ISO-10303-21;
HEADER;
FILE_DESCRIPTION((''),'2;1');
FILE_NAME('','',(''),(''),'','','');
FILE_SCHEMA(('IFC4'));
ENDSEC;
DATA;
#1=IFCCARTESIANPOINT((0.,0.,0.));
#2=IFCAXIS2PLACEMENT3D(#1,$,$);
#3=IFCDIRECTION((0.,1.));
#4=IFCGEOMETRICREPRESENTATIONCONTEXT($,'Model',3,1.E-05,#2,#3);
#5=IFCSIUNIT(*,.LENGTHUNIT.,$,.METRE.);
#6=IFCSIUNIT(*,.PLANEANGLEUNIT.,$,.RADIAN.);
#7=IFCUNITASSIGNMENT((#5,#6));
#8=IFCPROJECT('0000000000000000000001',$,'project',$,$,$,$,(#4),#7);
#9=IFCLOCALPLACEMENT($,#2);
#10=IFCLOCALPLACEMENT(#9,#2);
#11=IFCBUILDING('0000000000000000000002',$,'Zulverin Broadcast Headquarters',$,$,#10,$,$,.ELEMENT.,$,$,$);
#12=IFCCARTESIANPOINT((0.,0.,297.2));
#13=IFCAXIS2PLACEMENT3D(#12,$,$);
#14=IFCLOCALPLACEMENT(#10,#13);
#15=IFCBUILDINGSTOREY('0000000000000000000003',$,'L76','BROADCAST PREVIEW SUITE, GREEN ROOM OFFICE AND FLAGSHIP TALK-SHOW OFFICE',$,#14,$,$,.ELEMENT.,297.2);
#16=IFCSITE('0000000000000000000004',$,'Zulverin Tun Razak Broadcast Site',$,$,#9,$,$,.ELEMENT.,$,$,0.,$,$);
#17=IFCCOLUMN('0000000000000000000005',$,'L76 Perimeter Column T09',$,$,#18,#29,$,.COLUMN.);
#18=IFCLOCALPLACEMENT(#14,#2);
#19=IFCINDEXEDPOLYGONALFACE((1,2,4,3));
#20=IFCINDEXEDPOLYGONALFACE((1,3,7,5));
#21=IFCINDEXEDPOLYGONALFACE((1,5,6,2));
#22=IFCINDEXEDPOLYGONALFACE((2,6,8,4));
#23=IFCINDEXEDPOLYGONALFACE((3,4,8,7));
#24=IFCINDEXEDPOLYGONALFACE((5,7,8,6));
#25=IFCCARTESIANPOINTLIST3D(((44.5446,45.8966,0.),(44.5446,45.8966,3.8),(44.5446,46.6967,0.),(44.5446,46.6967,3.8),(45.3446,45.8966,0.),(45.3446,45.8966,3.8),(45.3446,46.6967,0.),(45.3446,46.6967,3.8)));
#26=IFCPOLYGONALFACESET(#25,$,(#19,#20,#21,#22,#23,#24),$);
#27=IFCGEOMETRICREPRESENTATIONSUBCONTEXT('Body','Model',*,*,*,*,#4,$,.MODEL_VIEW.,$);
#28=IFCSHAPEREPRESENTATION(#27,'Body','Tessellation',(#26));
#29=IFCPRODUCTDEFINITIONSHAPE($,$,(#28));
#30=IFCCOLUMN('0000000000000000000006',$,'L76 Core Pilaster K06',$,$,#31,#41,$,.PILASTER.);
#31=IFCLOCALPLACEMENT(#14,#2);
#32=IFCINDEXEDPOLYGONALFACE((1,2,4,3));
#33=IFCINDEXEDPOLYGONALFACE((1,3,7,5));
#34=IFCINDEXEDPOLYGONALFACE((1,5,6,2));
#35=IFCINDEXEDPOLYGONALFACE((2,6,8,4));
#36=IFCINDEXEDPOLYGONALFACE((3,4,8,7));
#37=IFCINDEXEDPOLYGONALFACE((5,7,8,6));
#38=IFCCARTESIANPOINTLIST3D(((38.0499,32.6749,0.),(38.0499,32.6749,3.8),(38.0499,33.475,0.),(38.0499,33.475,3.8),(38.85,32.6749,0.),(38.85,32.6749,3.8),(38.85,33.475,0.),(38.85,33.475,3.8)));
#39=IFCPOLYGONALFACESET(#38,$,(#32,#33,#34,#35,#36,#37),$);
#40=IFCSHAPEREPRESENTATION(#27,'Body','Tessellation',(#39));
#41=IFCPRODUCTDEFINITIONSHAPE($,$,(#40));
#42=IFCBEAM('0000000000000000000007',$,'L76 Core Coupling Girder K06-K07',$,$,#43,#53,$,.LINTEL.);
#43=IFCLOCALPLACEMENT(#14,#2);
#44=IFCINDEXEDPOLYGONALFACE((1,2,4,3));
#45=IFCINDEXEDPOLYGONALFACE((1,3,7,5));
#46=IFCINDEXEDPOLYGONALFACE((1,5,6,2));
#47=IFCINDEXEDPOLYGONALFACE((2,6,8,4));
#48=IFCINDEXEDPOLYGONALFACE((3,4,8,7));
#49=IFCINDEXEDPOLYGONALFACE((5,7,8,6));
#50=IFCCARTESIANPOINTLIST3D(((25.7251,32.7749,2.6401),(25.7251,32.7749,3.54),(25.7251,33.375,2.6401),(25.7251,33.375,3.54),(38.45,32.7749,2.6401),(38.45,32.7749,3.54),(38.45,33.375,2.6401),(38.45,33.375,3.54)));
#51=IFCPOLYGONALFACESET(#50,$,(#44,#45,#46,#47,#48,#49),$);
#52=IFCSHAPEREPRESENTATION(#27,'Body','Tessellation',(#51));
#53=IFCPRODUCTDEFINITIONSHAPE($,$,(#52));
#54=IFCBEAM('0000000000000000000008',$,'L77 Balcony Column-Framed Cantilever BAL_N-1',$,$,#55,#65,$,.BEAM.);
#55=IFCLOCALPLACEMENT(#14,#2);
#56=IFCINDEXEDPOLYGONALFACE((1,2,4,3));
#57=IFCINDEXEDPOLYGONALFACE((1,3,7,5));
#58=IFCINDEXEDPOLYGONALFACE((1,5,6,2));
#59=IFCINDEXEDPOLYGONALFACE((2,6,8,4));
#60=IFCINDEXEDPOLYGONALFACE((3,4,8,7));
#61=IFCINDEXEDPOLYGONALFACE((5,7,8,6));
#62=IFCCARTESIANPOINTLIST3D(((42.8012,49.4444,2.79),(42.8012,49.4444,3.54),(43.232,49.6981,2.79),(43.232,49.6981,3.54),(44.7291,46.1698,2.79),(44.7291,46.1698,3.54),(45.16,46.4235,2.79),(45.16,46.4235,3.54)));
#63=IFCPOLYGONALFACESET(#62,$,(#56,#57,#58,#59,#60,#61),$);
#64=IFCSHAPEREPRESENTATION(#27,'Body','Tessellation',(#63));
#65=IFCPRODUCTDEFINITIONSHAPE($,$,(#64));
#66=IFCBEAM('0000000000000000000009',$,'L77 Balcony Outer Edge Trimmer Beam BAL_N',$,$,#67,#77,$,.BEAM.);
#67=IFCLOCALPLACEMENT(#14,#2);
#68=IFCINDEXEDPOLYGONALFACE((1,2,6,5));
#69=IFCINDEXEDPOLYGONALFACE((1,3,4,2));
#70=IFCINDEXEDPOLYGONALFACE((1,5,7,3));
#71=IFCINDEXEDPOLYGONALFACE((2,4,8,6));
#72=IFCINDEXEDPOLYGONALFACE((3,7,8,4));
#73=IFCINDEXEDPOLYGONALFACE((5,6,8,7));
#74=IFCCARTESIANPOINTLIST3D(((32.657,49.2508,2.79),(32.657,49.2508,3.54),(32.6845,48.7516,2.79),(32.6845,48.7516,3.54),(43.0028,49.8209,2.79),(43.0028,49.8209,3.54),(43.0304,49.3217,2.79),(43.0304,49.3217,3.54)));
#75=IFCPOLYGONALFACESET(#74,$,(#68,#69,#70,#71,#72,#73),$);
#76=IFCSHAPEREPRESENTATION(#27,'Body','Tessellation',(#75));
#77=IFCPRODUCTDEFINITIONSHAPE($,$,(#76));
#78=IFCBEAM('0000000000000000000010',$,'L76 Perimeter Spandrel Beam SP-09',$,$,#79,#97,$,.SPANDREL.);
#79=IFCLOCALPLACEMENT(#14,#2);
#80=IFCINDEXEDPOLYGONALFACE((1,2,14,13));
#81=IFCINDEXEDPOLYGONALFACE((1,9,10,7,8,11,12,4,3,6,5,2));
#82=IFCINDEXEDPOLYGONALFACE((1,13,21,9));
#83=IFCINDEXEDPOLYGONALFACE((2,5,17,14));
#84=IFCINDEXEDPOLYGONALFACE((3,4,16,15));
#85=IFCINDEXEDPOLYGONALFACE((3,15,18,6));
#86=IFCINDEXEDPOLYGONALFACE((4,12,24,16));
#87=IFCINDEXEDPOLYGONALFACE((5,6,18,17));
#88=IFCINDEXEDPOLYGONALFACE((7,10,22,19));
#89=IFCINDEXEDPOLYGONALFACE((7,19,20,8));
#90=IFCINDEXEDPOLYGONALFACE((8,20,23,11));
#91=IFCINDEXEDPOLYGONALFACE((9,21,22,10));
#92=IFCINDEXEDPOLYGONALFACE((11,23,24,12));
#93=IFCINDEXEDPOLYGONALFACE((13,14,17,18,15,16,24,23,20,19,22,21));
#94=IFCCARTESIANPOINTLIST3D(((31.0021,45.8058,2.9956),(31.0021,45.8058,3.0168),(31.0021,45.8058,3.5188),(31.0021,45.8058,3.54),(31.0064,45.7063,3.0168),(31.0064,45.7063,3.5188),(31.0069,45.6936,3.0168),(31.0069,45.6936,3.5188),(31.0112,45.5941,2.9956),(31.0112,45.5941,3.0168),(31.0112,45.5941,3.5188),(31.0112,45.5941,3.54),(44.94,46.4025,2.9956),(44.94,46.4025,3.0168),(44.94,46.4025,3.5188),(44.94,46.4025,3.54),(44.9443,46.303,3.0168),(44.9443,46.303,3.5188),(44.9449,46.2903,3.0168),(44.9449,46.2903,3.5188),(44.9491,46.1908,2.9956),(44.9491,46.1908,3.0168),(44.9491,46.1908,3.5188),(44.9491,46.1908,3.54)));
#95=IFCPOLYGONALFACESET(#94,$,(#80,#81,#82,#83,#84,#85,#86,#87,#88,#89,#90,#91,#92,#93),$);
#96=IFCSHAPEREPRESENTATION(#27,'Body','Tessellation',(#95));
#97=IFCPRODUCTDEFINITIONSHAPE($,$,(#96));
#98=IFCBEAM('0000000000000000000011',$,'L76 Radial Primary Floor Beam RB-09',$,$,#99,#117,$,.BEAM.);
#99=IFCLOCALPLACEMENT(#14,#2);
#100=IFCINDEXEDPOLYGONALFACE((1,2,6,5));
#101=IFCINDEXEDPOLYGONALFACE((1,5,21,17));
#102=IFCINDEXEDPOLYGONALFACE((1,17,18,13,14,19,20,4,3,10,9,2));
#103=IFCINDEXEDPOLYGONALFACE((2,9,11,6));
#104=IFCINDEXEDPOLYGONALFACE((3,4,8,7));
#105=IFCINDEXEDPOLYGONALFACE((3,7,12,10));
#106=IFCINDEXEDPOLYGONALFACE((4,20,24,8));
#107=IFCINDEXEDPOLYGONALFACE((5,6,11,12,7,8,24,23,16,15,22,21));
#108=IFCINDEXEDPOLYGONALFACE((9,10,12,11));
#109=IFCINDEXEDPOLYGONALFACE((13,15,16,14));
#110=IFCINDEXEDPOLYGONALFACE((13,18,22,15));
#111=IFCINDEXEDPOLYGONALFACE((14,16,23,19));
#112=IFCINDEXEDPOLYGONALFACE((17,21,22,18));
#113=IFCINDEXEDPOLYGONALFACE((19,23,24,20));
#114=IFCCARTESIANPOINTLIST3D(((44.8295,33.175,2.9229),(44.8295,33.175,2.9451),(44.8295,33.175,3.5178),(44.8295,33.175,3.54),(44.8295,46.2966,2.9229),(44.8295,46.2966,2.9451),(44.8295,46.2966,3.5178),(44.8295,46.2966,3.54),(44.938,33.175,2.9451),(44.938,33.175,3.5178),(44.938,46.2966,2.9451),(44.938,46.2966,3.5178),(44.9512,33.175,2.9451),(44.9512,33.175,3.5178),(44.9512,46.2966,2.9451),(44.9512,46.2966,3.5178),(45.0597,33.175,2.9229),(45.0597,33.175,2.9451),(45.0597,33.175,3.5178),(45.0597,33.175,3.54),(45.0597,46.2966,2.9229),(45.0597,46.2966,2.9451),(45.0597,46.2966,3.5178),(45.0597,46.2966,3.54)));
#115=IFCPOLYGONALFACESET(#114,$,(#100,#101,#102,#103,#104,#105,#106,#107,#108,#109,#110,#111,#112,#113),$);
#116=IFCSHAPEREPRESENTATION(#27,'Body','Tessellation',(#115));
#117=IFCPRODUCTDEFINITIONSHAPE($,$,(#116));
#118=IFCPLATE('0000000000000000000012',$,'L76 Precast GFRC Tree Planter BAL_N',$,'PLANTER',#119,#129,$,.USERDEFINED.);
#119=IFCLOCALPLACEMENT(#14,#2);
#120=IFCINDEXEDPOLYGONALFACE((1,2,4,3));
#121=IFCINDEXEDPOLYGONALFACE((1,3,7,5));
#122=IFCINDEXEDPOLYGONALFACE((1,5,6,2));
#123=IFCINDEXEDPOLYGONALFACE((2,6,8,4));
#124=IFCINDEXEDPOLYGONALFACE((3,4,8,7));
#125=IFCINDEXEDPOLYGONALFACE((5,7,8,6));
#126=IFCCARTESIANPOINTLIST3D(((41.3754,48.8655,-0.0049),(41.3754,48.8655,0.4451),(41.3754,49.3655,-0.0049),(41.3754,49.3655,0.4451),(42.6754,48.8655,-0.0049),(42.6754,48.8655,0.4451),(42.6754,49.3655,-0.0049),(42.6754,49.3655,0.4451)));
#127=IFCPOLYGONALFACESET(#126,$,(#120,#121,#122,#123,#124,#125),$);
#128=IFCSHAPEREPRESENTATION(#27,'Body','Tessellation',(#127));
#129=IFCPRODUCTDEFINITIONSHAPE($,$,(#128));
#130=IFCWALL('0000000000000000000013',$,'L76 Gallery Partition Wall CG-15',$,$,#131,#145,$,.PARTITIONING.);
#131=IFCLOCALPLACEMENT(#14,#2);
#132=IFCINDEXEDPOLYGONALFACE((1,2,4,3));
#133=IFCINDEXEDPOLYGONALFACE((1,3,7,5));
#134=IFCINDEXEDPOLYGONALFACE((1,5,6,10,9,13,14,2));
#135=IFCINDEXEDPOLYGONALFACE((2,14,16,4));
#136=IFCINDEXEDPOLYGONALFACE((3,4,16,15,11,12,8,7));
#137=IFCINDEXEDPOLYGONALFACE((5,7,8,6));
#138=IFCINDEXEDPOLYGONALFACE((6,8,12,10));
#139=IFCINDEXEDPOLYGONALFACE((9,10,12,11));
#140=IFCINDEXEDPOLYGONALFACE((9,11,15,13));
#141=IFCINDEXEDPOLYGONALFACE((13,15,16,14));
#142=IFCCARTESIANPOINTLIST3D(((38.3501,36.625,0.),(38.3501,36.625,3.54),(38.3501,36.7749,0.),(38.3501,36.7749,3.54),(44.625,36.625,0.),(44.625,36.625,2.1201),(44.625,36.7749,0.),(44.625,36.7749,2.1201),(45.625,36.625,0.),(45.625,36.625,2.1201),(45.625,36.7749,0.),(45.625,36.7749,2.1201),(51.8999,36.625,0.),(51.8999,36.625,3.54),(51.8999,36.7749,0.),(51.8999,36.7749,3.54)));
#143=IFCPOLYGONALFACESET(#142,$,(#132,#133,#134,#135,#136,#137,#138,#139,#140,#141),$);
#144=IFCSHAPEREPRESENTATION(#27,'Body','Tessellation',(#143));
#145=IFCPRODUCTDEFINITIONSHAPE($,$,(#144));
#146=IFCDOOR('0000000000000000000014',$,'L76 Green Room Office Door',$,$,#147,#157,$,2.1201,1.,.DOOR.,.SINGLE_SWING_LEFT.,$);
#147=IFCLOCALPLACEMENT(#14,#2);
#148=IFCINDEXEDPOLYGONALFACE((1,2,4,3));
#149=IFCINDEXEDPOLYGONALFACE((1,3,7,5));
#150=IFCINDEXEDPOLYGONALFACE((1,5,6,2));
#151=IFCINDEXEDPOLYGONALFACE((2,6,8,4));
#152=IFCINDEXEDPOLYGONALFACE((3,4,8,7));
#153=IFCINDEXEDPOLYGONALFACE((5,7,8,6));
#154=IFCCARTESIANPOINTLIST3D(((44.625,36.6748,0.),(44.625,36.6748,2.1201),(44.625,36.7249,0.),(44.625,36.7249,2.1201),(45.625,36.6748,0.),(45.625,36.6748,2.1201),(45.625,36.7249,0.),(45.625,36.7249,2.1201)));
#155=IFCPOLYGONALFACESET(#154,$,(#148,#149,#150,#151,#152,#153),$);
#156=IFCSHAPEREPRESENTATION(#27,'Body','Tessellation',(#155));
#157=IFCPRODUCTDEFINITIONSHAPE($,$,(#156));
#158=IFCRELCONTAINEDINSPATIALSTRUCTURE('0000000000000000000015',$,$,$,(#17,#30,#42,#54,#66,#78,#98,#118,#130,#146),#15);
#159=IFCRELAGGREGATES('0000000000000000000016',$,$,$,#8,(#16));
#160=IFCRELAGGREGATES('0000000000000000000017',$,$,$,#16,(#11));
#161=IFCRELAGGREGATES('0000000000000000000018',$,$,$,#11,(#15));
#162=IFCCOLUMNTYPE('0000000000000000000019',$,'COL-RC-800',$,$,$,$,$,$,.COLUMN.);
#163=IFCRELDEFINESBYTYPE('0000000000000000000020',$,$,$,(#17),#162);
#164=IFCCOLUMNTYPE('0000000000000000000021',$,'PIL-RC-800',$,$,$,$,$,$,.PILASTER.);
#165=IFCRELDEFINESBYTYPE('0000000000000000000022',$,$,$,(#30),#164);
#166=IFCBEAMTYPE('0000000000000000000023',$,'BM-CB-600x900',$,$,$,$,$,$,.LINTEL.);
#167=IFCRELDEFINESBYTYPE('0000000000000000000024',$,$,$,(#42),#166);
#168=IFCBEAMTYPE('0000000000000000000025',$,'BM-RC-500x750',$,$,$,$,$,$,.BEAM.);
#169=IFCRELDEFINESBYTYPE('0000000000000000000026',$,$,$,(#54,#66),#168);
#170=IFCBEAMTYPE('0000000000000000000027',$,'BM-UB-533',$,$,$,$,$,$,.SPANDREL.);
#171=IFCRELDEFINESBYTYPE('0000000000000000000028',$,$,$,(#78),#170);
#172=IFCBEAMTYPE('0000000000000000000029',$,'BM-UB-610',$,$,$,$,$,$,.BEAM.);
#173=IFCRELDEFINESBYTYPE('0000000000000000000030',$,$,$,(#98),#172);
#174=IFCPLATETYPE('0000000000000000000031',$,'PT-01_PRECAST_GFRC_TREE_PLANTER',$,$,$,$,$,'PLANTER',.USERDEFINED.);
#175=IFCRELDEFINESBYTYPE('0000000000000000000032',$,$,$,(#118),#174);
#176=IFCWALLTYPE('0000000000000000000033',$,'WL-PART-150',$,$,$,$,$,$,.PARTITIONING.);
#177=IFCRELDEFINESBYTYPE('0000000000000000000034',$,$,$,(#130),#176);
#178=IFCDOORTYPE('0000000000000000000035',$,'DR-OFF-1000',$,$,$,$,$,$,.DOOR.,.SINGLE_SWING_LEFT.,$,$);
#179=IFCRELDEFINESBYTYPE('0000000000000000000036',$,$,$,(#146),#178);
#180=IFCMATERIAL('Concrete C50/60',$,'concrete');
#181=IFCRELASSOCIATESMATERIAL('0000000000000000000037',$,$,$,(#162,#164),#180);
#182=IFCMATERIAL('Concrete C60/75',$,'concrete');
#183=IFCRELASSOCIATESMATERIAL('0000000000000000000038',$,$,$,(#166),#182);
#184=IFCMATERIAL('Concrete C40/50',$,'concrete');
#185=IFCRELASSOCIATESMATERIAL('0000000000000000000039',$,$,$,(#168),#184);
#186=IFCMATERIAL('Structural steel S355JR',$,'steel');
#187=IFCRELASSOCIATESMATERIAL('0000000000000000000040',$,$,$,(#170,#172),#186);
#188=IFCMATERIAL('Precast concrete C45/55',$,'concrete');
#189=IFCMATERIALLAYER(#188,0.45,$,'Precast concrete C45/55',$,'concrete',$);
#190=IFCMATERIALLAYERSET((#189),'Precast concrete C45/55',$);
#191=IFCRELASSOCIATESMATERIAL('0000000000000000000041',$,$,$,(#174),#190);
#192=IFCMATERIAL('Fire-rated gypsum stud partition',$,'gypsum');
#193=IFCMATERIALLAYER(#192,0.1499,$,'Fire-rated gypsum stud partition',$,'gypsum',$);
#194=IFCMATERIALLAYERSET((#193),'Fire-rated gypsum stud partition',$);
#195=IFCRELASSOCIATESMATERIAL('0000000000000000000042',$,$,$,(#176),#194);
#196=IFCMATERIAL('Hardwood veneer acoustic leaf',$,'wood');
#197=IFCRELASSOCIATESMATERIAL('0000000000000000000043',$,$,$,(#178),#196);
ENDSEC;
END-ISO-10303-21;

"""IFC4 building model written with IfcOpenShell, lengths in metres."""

from ifc_helpers import new_model, si_unit, direction, frame, frame_2d, origin, origin_2d, place, context, subcontext, project, spatial, rectangle, i_section, extrude, material, layer, layer_set, material_profile, profile_set, type_object, element, fill, save


model = new_model("IFC4")

# Units and contexts
model_context = context("Model", 3, precision=1e-05, world=origin(), true_north=direction((0.0, 1.0)))
body_context = subcontext(model_context, "Body", "Model", "MODEL_VIEW")
ifc_project = project(units=[si_unit("LENGTHUNIT", "METRE"), si_unit("PLANEANGLEUNIT", "RADIAN")], contexts=[model_context])

# Site, building, storey
site_placement = place(None, origin())
site = spatial("IfcSite", under=ifc_project, at=site_placement, Name="Zulverin Tun Razak Broadcast Site", CompositionType="ELEMENT", RefElevation=0.0)
building_placement = place(site_placement, origin())
building = spatial("IfcBuilding", under=site, at=building_placement, Name="Zulverin Broadcast Headquarters", CompositionType="ELEMENT")
storey_placement = place(building_placement, frame((0.0, 0.0, 297.2)))
storey = spatial("IfcBuildingStorey", under=building, at=storey_placement, Name="L76", Description="BROADCAST PREVIEW SUITE, GREEN ROOM OFFICE AND FLAGSHIP TALK-SHOW OFFICE", CompositionType="ELEMENT", Elevation=297.2)

# Columns
ifc_material_1 = material(Name="Concrete C50/60", Category="concrete")
ifc_material_profile_1 = material_profile(ifc_material_1, rectangle(XDim=0.8, YDim=0.8, at=origin_2d()), Name="Concrete C50/60", Category="concrete")
ifc_profile_set_1 = profile_set([ifc_material_profile_1], Name="Concrete C50/60")
column_type_1 = type_object("IfcColumnType", Name="COL-RC-800", PredefinedType="COLUMN", material=ifc_profile_set_1)
column_1_placement = place(storey_placement, frame((44.9446, 46.2966, 0.0), z_axis=(0.0, 0.0, 1.0), x_axis=(1.0, 0.0, 0.0)))
element("IfcColumn", 1, at=column_1_placement, inside=storey, type_object=column_type_1, Name="L76 Perimeter Column T09", PredefinedType="COLUMN", context=body_context, shape_type="SweptSolid", body=[
    extrude(rectangle(XDim=0.8, YDim=0.8, at=origin_2d()), origin(), (0.0, 0.0, 1.0), 3.8),
])
ifc_material_profile_2 = material_profile(ifc_material_1, rectangle(XDim=0.8, YDim=0.8, at=origin_2d()), Name="Concrete C50/60", Category="concrete")
ifc_profile_set_2 = profile_set([ifc_material_profile_2], Name="Concrete C50/60")
column_type_2 = type_object("IfcColumnType", Name="PIL-RC-800", PredefinedType="PILASTER", material=ifc_profile_set_2)
column_2_placement = place(storey_placement, frame((38.45, 33.075, 0.0), z_axis=(0.0, 0.0, 1.0), x_axis=(1.0, 0.0, 0.0)))
element("IfcColumn", 2, at=column_2_placement, inside=storey, type_object=column_type_2, Name="L76 Core Pilaster K06", PredefinedType="PILASTER", context=body_context, shape_type="SweptSolid", body=[
    extrude(rectangle(XDim=0.8, YDim=0.8, at=origin_2d()), origin(), (0.0, 0.0, 1.0), 3.8),
])

# Beams
ifc_material_2 = material(Name="Concrete C60/75", Category="concrete")
ifc_material_profile_3 = material_profile(ifc_material_2, rectangle(XDim=0.6001, YDim=0.8999, at=origin_2d()), Name="Concrete C60/75", Category="concrete")
ifc_profile_set_3 = profile_set([ifc_material_profile_3], Name="Concrete C60/75")
beam_type_1 = type_object("IfcBeamType", Name="BM-CB-600x900", PredefinedType="LINTEL", material=ifc_profile_set_3)
beam_1_placement = place(storey_placement, frame((38.45, 33.075, 3.0901), z_axis=(-1.0, 0.0, 0.0), x_axis=(0.0, -1.0, 0.0)))
element("IfcBeam", 3, at=beam_1_placement, inside=storey, type_object=beam_type_1, Name="L76 Core Coupling Girder K06-K07", PredefinedType="LINTEL", context=body_context, shape_type="SweptSolid", body=[
    extrude(rectangle(XDim=0.6001, YDim=0.8999, at=origin_2d()), origin(), (0.0, 0.0, 1.0), 12.7249),
])
ifc_material_3 = material(Name="Concrete C40/50", Category="concrete")
ifc_material_profile_4 = material_profile(ifc_material_3, rectangle(XDim=0.5, YDim=0.75, at=origin_2d()), Name="Concrete C40/50", Category="concrete")
ifc_profile_set_4 = profile_set([ifc_material_profile_4], Name="Concrete C40/50")
beam_type_2 = type_object("IfcBeamType", Name="BM-RC-500x750", PredefinedType="BEAM", material=ifc_profile_set_4)
beam_2_placement = place(storey_placement, frame((44.9446, 46.2966, 3.165), z_axis=(-0.507354, 0.861738, 0.0), x_axis=(-0.861738, -0.507354, 0.0)))
element("IfcBeam", 4, at=beam_2_placement, inside=storey, type_object=beam_type_2, Name="L77 Balcony Column-Framed Cantilever BAL_N-1", PredefinedType="BEAM", context=body_context, shape_type="SweptSolid", body=[
    extrude(rectangle(XDim=0.5, YDim=0.75, at=origin_2d()), origin(), (0.0, 0.0, 1.0), 3.8),
])
beam_3_placement = place(storey_placement, frame((43.0166, 49.5713, 3.165), z_axis=(-0.998485, -0.055017, 0.0), x_axis=(0.055017, -0.998485, 0.0)))
element("IfcBeam", 5, at=beam_3_placement, inside=storey, type_object=beam_type_2, Name="L77 Balcony Outer Edge Trimmer Beam BAL_N", PredefinedType="BEAM", context=body_context, shape_type="SweptSolid", body=[
    extrude(rectangle(XDim=0.5, YDim=0.75, at=origin_2d()), origin(), (0.0, 0.0, 1.0), 10.3616),
])
ifc_material_4 = material(Name="Structural steel S355JR", Category="steel")
ifc_material_profile_5 = material_profile(ifc_material_4, i_section(OverallWidth=0.2119, OverallDepth=0.5444, WebThickness=0.0127, FlangeThickness=0.0212, at=origin_2d()), Name="Structural steel S355JR", Category="steel")
ifc_profile_set_5 = profile_set([ifc_material_profile_5], Name="Structural steel S355JR")
beam_type_3 = type_object("IfcBeamType", Name="BM-UB-533", PredefinedType="SPANDREL", material=ifc_profile_set_5)
beam_4_placement = place(storey_placement, frame((44.9446, 46.2966, 3.2678), z_axis=(-0.999085, -0.04277, 0.0), x_axis=(0.04277, -0.999085, 0.0)))
element("IfcBeam", 6, at=beam_4_placement, inside=storey, type_object=beam_type_3, Name="L76 Perimeter Spandrel Beam SP-09", PredefinedType="SPANDREL", context=body_context, shape_type="SweptSolid", body=[
    extrude(i_section(OverallWidth=0.2119, OverallDepth=0.5444, WebThickness=0.0127, FlangeThickness=0.0212, at=origin_2d()), origin(), (0.0, 0.0, 1.0), 13.9507),
])
ifc_material_profile_6 = material_profile(ifc_material_4, i_section(OverallWidth=0.2302, OverallDepth=0.6172, WebThickness=0.0132, FlangeThickness=0.0222, at=origin_2d()), Name="Structural steel S355JR", Category="steel")
ifc_profile_set_6 = profile_set([ifc_material_profile_6], Name="Structural steel S355JR")
beam_type_4 = type_object("IfcBeamType", Name="BM-UB-610", PredefinedType="BEAM", material=ifc_profile_set_6)
beam_5_placement = place(storey_placement, frame((44.9446, 33.175, 3.2314), z_axis=(0.0, 1.0, 0.0), x_axis=(-1.0, 0.0, 0.0)))
element("IfcBeam", 7, at=beam_5_placement, inside=storey, type_object=beam_type_4, Name="L76 Radial Primary Floor Beam RB-09", PredefinedType="BEAM", context=body_context, shape_type="SweptSolid", body=[
    extrude(i_section(OverallWidth=0.2302, OverallDepth=0.6172, WebThickness=0.0132, FlangeThickness=0.0222, at=origin_2d()), origin(), (0.0, 0.0, 1.0), 13.1216),
])

# Plate
ifc_material_5 = material(Name="Precast concrete C45/55", Category="concrete")
ifc_layer_1 = layer(ifc_material_5, 0.45, Name="Precast concrete C45/55", Category="concrete")
ifc_layer_set_1 = layer_set([ifc_layer_1], Name="Precast concrete C45/55")
plate_type = type_object("IfcPlateType", Name="PT-01_PRECAST_GFRC_TREE_PLANTER", ElementType="PLANTER", PredefinedType="USERDEFINED", material=ifc_layer_set_1)
plate_placement = place(storey_placement, frame((42.0254, 49.1155, -0.0049), z_axis=(0.0, 0.0, 1.0), x_axis=(1.0, 0.0, 0.0)))
element("IfcPlate", 8, at=plate_placement, inside=storey, type_object=plate_type, Name="L76 Precast GFRC Tree Planter BAL_N", ObjectType="PLANTER", PredefinedType="USERDEFINED", context=body_context, shape_type="SweptSolid", body=[
    extrude(rectangle(XDim=1.3, YDim=0.5, at=origin_2d()), origin(), (0.0, 0.0, 1.0), 0.45),
])

# Wall, opening, door
ifc_material_6 = material(Name="Fire-rated gypsum stud partition", Category="gypsum")
ifc_layer_2 = layer(ifc_material_6, 0.1499, Name="Fire-rated gypsum stud partition", Category="gypsum")
ifc_layer_set_2 = layer_set([ifc_layer_2], Name="Fire-rated gypsum stud partition")
wall_type_1 = type_object("IfcWallType", Name="WL-PART-150", PredefinedType="PARTITIONING", material=ifc_layer_set_2)
wall_1_placement = place(storey_placement, frame((38.3501, 36.7, 0.0), z_axis=(0.0, 0.0, 1.0), x_axis=(1.0, 0.0, 0.0)))
wall_1 = element("IfcWall", 9, at=wall_1_placement, inside=storey, type_object=wall_type_1, Name="L76 Gallery Partition Wall CG-15", PredefinedType="PARTITIONING", context=body_context, shape_type="SweptSolid", body=[
    extrude(rectangle(XDim=13.5498, YDim=0.1499, at=frame_2d((6.7749, 0.0))), origin(), (0.0, 0.0, 1.0), 3.54),
])
opening_1_placement = place(wall_1_placement, frame((6.2749, 0.0, 0.0)))
opening_1 = element("IfcOpeningElement", 10, at=opening_1_placement, cuts=wall_1, PredefinedType="OPENING", context=body_context, shape_type="SweptSolid", body=[
    extrude(rectangle(XDim=1.0, YDim=2.1201, at=frame_2d((0.5, 1.0601))), frame((0.0, 0.085, 0.0), z_axis=(0.0, -1.0, 0.0), x_axis=(1.0, 0.0, 0.0)), (0.0, 0.0, 1.0), 0.1699),
])
ifc_material_7 = material(Name="Hardwood veneer acoustic leaf", Category="wood")
door_type_1 = type_object("IfcDoorType", Name="DR-OFF-1000", OperationType="SINGLE_SWING_LEFT", PredefinedType="DOOR", material=ifc_material_7)
door_1_placement = place(opening_1_placement, origin())
door_1 = element("IfcDoor", 11, at=door_1_placement, inside=storey, type_object=door_type_1, Name="L76 Green Room Office Door", OperationType="SINGLE_SWING_LEFT", OverallHeight=2.1201, OverallWidth=1.0, PredefinedType="DOOR", context=body_context, shape_type="SweptSolid", body=[
    extrude(rectangle(XDim=1.0, YDim=2.1201, at=frame_2d((0.5, 1.0601))), frame((0.0, 0.0249, 0.0), z_axis=(0.0, -1.0, 0.0), x_axis=(1.0, 0.0, 0.0)), (0.0, 0.0, 1.0), 0.05),
])
fill(opening_1, door_1)

save(model, "model.ifc")
